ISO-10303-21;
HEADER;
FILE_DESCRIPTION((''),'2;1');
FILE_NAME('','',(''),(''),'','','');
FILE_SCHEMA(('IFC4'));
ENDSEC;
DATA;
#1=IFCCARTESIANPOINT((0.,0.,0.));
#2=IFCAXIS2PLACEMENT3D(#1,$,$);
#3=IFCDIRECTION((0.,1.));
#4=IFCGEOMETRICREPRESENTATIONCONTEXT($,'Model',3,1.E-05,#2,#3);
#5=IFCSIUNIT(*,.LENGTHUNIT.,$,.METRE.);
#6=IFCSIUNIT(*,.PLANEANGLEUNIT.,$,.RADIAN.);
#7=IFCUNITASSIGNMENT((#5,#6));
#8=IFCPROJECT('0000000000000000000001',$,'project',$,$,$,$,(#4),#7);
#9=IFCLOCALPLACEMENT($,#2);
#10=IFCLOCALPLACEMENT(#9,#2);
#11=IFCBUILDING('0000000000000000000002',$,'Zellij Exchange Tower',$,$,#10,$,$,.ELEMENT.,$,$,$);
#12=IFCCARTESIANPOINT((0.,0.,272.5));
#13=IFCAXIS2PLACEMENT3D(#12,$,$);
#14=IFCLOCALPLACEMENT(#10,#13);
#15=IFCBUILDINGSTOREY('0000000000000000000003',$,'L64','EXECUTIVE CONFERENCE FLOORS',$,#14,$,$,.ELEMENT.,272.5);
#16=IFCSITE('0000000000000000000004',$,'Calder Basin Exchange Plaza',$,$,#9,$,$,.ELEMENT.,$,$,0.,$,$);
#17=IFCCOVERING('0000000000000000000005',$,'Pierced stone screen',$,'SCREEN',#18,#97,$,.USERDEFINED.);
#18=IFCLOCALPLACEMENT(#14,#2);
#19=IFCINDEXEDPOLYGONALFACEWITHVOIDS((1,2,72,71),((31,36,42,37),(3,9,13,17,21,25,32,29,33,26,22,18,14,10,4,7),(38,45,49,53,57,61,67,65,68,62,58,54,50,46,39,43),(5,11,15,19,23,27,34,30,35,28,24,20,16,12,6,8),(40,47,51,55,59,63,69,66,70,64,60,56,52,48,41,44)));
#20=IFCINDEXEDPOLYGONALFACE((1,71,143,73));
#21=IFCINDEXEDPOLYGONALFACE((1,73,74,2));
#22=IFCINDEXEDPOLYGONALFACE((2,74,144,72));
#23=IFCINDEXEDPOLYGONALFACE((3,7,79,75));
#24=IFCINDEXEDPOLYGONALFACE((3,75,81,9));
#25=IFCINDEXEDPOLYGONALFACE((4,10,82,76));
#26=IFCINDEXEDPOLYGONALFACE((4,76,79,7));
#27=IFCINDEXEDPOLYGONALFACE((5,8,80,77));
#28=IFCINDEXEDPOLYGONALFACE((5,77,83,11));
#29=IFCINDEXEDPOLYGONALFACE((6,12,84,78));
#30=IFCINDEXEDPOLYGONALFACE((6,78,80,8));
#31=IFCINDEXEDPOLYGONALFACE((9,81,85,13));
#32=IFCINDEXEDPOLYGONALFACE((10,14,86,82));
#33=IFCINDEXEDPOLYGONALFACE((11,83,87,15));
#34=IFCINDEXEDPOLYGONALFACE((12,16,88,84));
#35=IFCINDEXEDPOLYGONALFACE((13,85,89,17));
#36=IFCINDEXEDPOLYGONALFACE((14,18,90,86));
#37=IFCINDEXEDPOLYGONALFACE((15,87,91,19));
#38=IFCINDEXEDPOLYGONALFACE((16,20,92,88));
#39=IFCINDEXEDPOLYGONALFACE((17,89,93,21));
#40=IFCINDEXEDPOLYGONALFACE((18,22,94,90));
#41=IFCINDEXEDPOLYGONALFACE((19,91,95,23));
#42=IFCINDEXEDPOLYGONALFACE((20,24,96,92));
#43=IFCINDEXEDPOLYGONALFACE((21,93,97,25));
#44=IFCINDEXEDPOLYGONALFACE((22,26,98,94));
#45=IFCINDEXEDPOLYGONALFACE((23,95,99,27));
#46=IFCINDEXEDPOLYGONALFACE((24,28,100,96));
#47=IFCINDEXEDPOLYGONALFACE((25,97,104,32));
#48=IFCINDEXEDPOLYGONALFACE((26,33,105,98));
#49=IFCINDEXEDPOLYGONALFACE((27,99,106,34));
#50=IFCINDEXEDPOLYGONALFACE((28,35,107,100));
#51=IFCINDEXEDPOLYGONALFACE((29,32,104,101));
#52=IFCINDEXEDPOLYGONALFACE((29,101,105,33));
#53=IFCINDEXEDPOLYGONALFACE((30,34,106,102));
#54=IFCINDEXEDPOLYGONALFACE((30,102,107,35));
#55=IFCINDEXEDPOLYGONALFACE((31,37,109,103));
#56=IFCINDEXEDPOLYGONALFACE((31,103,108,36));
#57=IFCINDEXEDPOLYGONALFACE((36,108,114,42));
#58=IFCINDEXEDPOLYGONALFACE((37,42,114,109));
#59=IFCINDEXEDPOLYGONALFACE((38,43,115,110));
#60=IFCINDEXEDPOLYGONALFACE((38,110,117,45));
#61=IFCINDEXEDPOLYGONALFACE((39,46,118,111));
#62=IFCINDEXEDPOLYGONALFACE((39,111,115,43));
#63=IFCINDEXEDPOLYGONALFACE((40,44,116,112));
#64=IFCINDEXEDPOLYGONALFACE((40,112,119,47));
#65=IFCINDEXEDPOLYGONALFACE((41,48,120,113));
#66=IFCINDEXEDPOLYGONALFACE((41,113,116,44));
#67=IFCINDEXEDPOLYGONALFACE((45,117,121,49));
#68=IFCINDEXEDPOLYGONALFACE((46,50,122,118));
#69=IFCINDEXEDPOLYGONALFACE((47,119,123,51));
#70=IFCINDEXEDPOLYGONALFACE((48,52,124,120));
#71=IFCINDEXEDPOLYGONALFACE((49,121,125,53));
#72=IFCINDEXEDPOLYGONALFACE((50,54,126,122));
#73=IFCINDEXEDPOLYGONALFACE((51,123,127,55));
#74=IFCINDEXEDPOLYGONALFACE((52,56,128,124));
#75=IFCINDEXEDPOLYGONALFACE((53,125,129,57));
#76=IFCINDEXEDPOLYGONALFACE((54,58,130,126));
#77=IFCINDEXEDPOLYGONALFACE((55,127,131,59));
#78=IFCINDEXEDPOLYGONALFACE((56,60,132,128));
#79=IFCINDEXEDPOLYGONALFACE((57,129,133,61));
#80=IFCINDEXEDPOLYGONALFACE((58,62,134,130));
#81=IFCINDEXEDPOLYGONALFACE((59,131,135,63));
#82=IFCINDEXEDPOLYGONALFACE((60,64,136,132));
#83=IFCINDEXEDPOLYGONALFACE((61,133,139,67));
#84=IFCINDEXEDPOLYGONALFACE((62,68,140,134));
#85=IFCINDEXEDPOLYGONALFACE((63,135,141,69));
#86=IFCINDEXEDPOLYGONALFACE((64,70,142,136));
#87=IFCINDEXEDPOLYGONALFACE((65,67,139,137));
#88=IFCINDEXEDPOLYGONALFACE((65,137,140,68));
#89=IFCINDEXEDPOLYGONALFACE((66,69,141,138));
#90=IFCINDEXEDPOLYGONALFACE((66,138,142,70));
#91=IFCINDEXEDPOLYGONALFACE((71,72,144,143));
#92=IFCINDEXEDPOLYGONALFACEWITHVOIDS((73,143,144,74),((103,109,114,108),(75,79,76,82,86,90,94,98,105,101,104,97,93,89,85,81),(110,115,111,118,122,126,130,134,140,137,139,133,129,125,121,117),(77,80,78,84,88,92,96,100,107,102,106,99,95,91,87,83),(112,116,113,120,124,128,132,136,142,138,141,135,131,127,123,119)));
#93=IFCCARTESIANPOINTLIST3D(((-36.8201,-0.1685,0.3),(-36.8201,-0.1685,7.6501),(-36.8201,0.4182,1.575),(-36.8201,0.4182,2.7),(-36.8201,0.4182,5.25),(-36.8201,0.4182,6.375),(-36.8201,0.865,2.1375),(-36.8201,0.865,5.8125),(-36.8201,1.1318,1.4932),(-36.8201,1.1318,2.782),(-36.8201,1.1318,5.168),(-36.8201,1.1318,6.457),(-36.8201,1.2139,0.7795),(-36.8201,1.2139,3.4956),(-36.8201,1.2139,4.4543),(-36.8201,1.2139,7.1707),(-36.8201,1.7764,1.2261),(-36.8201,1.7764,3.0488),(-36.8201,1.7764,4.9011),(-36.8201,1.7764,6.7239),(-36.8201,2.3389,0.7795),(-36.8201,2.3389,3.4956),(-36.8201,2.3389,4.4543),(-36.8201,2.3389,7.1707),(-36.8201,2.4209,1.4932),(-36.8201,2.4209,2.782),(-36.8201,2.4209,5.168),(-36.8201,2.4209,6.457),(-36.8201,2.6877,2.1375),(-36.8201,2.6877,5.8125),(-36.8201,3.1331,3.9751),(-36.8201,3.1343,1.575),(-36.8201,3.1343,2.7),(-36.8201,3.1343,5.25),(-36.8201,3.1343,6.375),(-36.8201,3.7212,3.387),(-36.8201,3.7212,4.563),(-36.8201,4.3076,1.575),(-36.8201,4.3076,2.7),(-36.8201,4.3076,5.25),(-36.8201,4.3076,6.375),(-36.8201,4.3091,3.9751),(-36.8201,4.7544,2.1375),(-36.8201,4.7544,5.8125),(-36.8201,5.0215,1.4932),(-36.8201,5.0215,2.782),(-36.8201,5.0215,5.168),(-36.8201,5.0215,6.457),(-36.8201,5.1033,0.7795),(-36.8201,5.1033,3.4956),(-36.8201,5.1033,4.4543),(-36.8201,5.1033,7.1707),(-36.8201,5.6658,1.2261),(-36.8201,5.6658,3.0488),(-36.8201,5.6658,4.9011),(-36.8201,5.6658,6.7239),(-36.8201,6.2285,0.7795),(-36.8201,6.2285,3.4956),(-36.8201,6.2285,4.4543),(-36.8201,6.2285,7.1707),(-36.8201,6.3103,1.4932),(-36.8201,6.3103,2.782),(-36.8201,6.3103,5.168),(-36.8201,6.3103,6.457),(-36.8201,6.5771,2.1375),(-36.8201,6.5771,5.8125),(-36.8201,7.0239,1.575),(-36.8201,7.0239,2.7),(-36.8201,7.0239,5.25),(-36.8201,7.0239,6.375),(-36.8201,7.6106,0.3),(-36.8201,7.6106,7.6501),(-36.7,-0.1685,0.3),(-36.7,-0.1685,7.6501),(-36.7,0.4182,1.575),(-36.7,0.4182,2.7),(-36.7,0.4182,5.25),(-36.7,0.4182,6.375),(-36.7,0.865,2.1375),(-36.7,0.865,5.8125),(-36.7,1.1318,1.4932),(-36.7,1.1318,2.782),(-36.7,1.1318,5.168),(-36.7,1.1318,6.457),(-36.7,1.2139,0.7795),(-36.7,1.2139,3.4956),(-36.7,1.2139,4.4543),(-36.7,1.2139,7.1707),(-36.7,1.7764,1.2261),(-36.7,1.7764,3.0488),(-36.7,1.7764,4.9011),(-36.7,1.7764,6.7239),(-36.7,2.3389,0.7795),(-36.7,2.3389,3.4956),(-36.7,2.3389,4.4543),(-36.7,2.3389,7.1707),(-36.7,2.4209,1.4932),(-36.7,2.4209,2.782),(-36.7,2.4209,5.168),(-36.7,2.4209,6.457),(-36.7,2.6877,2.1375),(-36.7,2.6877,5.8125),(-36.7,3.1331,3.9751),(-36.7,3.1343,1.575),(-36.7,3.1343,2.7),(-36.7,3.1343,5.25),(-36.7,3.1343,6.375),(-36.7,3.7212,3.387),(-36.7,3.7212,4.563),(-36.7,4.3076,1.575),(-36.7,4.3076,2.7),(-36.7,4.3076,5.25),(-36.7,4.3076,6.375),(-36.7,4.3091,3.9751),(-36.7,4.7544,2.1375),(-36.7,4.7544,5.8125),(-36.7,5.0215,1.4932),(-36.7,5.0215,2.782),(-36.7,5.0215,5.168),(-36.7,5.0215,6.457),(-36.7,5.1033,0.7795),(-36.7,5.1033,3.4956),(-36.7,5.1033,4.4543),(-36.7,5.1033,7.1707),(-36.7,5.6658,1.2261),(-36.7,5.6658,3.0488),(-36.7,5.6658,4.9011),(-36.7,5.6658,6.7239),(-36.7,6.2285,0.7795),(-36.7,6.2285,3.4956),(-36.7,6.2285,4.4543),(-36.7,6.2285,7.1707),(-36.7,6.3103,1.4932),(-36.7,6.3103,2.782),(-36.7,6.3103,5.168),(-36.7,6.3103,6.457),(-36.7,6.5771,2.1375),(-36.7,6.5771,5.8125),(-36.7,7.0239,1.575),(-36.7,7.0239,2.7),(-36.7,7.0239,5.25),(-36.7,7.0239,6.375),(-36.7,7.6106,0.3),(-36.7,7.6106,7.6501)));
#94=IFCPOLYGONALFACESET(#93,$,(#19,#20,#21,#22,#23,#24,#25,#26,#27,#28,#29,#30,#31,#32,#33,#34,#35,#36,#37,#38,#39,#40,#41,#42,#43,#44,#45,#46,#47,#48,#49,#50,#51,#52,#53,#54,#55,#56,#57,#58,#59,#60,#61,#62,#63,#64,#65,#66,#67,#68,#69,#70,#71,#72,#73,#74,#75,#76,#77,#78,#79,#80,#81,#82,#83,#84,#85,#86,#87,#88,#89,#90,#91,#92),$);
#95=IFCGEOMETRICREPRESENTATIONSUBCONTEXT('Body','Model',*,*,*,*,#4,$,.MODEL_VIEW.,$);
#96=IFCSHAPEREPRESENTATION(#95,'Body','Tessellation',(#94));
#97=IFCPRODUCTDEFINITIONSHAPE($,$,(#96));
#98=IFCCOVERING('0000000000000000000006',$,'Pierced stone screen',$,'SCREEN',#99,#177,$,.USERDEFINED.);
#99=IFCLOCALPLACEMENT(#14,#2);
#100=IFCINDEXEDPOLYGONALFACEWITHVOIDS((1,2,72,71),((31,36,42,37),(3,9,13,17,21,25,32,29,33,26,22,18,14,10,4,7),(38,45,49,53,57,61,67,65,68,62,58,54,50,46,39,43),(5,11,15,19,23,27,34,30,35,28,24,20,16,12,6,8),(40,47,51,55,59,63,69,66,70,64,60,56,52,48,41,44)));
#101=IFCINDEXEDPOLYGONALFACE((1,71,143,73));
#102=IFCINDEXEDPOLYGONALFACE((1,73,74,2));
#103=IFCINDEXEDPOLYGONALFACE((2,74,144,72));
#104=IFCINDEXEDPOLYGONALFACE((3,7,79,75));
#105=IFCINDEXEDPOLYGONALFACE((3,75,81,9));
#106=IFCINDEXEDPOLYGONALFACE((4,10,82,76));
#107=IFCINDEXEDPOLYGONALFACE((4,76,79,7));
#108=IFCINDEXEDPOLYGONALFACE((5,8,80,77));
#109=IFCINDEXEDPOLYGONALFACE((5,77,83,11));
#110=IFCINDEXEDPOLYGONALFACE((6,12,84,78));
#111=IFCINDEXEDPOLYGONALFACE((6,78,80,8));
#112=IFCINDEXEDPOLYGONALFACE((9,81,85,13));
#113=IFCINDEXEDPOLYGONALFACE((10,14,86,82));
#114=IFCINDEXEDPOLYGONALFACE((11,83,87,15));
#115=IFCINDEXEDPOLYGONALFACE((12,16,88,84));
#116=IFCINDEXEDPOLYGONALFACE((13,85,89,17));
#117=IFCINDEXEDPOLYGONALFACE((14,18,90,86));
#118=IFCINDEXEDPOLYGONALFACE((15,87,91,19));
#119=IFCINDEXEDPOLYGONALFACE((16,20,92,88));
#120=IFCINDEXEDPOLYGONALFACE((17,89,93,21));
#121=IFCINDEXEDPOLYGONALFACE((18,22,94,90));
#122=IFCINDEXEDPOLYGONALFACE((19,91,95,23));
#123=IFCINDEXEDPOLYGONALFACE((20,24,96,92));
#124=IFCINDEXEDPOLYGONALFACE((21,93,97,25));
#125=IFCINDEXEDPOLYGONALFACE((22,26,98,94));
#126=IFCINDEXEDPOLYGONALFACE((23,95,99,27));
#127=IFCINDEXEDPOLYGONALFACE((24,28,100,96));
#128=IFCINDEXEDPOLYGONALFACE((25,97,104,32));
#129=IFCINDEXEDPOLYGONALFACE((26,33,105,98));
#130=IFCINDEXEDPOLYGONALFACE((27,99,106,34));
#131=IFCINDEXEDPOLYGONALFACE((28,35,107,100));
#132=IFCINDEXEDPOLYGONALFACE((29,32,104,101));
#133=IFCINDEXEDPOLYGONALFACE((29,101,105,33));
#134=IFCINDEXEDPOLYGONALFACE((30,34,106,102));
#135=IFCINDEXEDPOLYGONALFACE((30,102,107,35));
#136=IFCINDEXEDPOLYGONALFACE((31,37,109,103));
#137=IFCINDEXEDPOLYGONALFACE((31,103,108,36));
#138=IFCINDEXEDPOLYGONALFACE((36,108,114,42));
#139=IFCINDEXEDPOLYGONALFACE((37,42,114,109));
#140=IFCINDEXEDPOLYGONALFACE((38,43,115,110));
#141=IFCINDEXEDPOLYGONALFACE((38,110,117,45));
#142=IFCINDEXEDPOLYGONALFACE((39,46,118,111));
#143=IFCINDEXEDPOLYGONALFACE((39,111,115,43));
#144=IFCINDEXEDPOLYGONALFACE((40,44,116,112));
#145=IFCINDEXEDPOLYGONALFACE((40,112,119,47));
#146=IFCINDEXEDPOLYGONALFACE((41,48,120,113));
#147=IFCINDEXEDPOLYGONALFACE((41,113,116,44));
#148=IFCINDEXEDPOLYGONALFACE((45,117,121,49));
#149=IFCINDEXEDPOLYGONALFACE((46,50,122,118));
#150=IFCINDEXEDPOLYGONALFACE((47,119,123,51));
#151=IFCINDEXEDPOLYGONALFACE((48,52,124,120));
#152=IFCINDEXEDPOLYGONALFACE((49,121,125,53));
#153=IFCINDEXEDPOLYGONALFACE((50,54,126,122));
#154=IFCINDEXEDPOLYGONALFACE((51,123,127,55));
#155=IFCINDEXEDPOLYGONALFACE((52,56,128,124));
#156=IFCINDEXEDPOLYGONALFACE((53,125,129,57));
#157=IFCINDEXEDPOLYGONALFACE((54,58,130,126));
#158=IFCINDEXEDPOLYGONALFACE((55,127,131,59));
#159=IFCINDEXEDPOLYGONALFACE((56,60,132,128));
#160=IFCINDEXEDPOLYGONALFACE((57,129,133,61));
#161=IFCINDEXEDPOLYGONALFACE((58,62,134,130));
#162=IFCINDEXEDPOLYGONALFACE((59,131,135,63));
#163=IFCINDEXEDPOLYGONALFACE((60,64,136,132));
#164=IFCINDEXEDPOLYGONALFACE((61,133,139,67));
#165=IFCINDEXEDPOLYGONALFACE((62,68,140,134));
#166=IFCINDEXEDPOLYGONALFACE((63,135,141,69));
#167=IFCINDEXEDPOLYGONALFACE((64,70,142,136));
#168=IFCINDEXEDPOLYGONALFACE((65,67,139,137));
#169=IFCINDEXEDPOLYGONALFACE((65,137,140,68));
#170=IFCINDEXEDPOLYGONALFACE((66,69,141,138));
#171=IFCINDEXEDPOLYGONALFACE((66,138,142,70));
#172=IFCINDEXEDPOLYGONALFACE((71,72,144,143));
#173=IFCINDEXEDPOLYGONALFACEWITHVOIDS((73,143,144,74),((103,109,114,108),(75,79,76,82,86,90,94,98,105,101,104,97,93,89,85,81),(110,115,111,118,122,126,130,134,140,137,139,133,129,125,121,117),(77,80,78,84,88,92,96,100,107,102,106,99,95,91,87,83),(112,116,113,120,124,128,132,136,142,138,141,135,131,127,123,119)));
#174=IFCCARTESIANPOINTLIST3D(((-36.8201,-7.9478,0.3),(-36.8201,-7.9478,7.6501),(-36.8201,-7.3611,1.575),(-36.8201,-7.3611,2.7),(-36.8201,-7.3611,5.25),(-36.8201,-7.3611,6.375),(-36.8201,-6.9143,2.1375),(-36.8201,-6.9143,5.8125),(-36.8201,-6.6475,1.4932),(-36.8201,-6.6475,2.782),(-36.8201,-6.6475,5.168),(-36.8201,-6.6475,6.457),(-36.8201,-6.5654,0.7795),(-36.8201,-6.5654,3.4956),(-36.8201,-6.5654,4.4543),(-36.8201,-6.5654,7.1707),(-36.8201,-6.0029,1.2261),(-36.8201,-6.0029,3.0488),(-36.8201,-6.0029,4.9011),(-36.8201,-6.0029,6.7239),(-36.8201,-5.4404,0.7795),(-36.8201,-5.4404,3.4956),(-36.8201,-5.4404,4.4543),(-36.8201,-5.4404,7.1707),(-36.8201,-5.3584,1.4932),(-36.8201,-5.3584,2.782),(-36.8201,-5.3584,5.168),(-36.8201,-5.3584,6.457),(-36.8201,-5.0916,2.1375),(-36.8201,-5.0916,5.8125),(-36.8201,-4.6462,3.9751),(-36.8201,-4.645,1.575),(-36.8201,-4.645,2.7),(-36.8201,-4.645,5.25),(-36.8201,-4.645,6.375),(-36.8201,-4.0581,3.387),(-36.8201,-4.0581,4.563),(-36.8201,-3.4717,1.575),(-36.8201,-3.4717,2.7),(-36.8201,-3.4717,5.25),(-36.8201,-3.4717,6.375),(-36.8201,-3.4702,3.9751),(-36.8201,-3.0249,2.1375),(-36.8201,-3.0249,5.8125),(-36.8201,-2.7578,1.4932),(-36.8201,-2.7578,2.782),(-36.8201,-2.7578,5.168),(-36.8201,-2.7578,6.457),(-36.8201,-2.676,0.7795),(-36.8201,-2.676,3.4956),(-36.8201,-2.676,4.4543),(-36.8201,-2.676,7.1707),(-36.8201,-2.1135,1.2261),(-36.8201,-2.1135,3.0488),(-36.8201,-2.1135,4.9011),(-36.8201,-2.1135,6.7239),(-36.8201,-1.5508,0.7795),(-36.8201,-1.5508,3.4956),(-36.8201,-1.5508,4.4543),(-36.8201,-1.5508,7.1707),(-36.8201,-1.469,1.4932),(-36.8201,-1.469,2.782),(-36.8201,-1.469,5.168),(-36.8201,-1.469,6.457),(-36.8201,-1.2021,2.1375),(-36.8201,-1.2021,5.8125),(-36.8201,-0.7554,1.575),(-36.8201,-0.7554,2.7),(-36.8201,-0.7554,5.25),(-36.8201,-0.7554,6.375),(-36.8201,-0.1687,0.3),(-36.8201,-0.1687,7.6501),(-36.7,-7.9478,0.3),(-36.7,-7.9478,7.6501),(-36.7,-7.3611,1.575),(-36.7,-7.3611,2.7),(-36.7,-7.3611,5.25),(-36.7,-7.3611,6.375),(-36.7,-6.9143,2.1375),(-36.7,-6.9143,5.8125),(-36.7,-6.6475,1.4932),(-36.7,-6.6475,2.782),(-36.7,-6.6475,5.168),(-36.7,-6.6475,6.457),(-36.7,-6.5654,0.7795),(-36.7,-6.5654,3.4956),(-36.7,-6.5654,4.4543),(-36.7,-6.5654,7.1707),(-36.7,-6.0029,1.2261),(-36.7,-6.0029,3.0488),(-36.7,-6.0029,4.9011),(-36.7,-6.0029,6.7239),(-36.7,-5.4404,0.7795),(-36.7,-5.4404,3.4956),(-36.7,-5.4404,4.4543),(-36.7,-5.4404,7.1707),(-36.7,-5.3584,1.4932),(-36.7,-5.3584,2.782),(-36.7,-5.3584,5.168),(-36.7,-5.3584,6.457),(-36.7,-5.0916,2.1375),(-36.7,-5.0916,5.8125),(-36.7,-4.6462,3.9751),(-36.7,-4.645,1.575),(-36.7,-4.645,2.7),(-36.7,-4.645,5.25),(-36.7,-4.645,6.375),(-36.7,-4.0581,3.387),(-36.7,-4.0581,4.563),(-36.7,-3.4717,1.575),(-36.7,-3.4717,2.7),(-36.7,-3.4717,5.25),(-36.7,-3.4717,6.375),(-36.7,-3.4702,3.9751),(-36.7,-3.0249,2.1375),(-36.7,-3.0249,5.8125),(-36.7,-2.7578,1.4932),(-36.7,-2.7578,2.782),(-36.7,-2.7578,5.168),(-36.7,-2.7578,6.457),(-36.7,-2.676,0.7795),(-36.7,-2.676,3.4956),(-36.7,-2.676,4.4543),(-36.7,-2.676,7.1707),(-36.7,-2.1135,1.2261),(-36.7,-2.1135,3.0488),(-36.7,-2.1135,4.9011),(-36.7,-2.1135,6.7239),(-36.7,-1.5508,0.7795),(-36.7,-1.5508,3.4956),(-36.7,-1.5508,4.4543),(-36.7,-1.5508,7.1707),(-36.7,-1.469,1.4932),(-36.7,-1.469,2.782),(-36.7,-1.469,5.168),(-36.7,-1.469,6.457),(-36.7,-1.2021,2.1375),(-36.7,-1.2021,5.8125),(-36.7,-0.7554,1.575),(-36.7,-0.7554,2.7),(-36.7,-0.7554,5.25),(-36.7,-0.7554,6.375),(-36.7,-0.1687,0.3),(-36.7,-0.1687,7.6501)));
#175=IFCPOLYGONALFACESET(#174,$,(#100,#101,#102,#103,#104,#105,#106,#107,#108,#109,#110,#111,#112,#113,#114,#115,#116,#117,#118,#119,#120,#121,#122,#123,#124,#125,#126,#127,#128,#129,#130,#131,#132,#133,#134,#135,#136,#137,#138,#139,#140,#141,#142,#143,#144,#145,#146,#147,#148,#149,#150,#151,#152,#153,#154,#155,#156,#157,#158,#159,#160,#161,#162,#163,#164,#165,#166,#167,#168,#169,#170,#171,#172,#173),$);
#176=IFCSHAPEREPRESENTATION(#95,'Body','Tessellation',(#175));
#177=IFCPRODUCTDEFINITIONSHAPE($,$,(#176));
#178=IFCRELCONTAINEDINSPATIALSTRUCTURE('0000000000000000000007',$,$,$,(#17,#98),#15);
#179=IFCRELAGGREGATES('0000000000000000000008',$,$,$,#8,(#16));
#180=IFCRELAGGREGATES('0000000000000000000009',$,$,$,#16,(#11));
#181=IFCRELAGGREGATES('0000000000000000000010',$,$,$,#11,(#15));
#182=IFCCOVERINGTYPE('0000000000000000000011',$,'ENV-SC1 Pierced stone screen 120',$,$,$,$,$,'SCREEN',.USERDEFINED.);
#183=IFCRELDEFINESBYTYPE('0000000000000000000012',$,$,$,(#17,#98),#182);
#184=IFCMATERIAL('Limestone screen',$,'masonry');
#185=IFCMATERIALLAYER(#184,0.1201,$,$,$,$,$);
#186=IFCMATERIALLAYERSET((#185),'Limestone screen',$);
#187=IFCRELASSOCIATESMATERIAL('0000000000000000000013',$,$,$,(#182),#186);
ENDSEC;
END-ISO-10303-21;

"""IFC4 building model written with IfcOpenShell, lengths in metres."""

from ifc_helpers import new_model, si_unit, direction, frame, origin, place, context, subcontext, project, spatial, polyline, outline, extrude, material, layer, layer_set, type_object, element, save


model = new_model("IFC4")

# Units and contexts
model_context = context("Model", 3, precision=1e-05, world=origin(), true_north=direction((0.0, 1.0)))
body_context = subcontext(model_context, "Body", "Model", "MODEL_VIEW")
ifc_project = project(units=[si_unit("LENGTHUNIT", "METRE"), si_unit("PLANEANGLEUNIT", "RADIAN")], contexts=[model_context])

# Site, building, storey
site_placement = place(None, origin())
site = spatial("IfcSite", under=ifc_project, at=site_placement, Name="Calder Basin Exchange Plaza", CompositionType="ELEMENT", RefElevation=0.0)
building_placement = place(site_placement, origin())
building = spatial("IfcBuilding", under=site, at=building_placement, Name="Zellij Exchange Tower", CompositionType="ELEMENT")
storey_placement = place(building_placement, frame((0.0, 0.0, 272.5)))
storey = spatial("IfcBuildingStorey", under=building, at=storey_placement, Name="L64", Description="EXECUTIVE CONFERENCE FLOORS", CompositionType="ELEMENT", Elevation=272.5)

# Coverings
ifc_material_1 = material(Name="Limestone screen", Category="masonry")
ifc_layer_1 = layer(ifc_material_1, 0.1201)
ifc_layer_set_1 = layer_set([ifc_layer_1], Name="Limestone screen")
covering_type = type_object("IfcCoveringType", Name="ENV-SC1 Pierced stone screen 120", ElementType="SCREEN", PredefinedType="USERDEFINED", material=ifc_layer_set_1)
covering_1_placement = place(storey_placement, frame((-36.76, 7.6106, 0.3), z_axis=(0.0, 0.0, 1.0), x_axis=(0.0, -1.0, 0.0)))
element("IfcCovering", 1, at=covering_1_placement, inside=storey, type_object=covering_type, Name="Pierced stone screen", ObjectType="SCREEN", PredefinedType="USERDEFINED", context=body_context, shape_type="SweptSolid", body=[
    extrude(outline(polyline([(0.0, 0.0), (7.7791, 0.0), (7.7791, 7.3501), (0.0, 7.3501), (0.0, 0.0)]), holes=[polyline([(3.303, 2.3999), (2.5891, 2.4819), (2.5073, 3.1956), (1.9448, 2.7488), (1.3821, 3.1956), (1.3003, 2.4819), (0.5867, 2.3999), (1.0334, 1.8374), (0.5867, 1.2749), (1.3003, 1.1931), (1.3821, 0.4795), (1.9448, 0.926), (2.5073, 0.4795), (2.5891, 1.1931), (3.303, 1.2749), (2.8562, 1.8374), (3.303, 2.3999)]), polyline([(3.303, 6.075), (2.5891, 6.157), (2.5073, 6.8706), (1.9448, 6.4238), (1.3821, 6.8706), (1.3003, 6.157), (0.5867, 6.075), (1.0334, 5.5125), (0.5867, 4.95), (1.3003, 4.8679), (1.3821, 4.1543), (1.9448, 4.6011), (2.5073, 4.1543), (2.5891, 4.8679), (3.303, 4.95), (2.8562, 5.5125), (3.303, 6.075)]), polyline([(7.1924, 2.3999), (6.4788, 2.4819), (6.3967, 3.1956), (5.8342, 2.7488), (5.2717, 3.1956), (5.1897, 2.4819), (4.4763, 2.3999), (4.9229, 1.8374), (4.4763, 1.2749), (5.1897, 1.1931), (5.2717, 0.4795), (5.8342, 0.926), (6.3967, 0.4795), (6.4788, 1.1931), (7.1924, 1.2749), (6.7456, 1.8374), (7.1924, 2.3999)]), polyline([(7.1924, 6.075), (6.4788, 6.157), (6.3967, 6.8706), (5.8342, 6.4238), (5.2717, 6.8706), (5.1897, 6.157), (4.4763, 6.075), (4.9229, 5.5125), (4.4763, 4.95), (5.1897, 4.8679), (5.2717, 4.1543), (5.8342, 4.6011), (6.3967, 4.1543), (6.4788, 4.8679), (7.1924, 4.95), (6.7456, 5.5125), (7.1924, 6.075)]), polyline([(4.4775, 3.675), (3.8894, 4.2629), (3.3015, 3.675), (3.8894, 3.0869), (4.4775, 3.675)])]), frame((0.0, 0.0601, 0.0), z_axis=(0.0, -1.0, 0.0), x_axis=(1.0, 0.0, 0.0)), (0.0, 0.0, 1.0), 0.1201),
])
covering_2_placement = place(storey_placement, frame((-36.76, -0.1687, 0.3), z_axis=(0.0, 0.0, 1.0), x_axis=(0.0, -1.0, 0.0)))
element("IfcCovering", 2, at=covering_2_placement, inside=storey, type_object=covering_type, Name="Pierced stone screen", ObjectType="SCREEN", PredefinedType="USERDEFINED", context=body_context, shape_type="SweptSolid", body=[
    extrude(outline(polyline([(0.0, 0.0), (7.7791, 0.0), (7.7791, 7.3501), (0.0, 7.3501), (0.0, 0.0)]), holes=[polyline([(3.303, 2.3999), (2.5891, 2.4819), (2.5073, 3.1956), (1.9448, 2.7488), (1.3821, 3.1956), (1.3003, 2.4819), (0.5867, 2.3999), (1.0334, 1.8374), (0.5867, 1.2749), (1.3003, 1.1931), (1.3821, 0.4795), (1.9448, 0.926), (2.5073, 0.4795), (2.5891, 1.1931), (3.303, 1.2749), (2.8562, 1.8374), (3.303, 2.3999)]), polyline([(3.303, 6.075), (2.5891, 6.157), (2.5073, 6.8706), (1.9448, 6.4238), (1.3821, 6.8706), (1.3003, 6.157), (0.5867, 6.075), (1.0334, 5.5125), (0.5867, 4.95), (1.3003, 4.8679), (1.3821, 4.1543), (1.9448, 4.6011), (2.5073, 4.1543), (2.5891, 4.8679), (3.303, 4.95), (2.8562, 5.5125), (3.303, 6.075)]), polyline([(7.1924, 2.3999), (6.4788, 2.4819), (6.3967, 3.1956), (5.8342, 2.7488), (5.2717, 3.1956), (5.1897, 2.4819), (4.4763, 2.3999), (4.9229, 1.8374), (4.4763, 1.2749), (5.1897, 1.1931), (5.2717, 0.4795), (5.8342, 0.926), (6.3967, 0.4795), (6.4788, 1.1931), (7.1924, 1.2749), (6.7456, 1.8374), (7.1924, 2.3999)]), polyline([(7.1924, 6.075), (6.4788, 6.157), (6.3967, 6.8706), (5.8342, 6.4238), (5.2717, 6.8706), (5.1897, 6.157), (4.4763, 6.075), (4.9229, 5.5125), (4.4763, 4.95), (5.1897, 4.8679), (5.2717, 4.1543), (5.8342, 4.6011), (6.3967, 4.1543), (6.4788, 4.8679), (7.1924, 4.95), (6.7456, 5.5125), (7.1924, 6.075)]), polyline([(4.4775, 3.675), (3.8894, 4.2629), (3.3015, 3.675), (3.8894, 3.0869), (4.4775, 3.675)])]), frame((0.0, 0.0601, 0.0), z_axis=(0.0, -1.0, 0.0), x_axis=(1.0, 0.0, 0.0)), (0.0, 0.0, 1.0), 0.1201),
])

save(model, "model.ifc")
